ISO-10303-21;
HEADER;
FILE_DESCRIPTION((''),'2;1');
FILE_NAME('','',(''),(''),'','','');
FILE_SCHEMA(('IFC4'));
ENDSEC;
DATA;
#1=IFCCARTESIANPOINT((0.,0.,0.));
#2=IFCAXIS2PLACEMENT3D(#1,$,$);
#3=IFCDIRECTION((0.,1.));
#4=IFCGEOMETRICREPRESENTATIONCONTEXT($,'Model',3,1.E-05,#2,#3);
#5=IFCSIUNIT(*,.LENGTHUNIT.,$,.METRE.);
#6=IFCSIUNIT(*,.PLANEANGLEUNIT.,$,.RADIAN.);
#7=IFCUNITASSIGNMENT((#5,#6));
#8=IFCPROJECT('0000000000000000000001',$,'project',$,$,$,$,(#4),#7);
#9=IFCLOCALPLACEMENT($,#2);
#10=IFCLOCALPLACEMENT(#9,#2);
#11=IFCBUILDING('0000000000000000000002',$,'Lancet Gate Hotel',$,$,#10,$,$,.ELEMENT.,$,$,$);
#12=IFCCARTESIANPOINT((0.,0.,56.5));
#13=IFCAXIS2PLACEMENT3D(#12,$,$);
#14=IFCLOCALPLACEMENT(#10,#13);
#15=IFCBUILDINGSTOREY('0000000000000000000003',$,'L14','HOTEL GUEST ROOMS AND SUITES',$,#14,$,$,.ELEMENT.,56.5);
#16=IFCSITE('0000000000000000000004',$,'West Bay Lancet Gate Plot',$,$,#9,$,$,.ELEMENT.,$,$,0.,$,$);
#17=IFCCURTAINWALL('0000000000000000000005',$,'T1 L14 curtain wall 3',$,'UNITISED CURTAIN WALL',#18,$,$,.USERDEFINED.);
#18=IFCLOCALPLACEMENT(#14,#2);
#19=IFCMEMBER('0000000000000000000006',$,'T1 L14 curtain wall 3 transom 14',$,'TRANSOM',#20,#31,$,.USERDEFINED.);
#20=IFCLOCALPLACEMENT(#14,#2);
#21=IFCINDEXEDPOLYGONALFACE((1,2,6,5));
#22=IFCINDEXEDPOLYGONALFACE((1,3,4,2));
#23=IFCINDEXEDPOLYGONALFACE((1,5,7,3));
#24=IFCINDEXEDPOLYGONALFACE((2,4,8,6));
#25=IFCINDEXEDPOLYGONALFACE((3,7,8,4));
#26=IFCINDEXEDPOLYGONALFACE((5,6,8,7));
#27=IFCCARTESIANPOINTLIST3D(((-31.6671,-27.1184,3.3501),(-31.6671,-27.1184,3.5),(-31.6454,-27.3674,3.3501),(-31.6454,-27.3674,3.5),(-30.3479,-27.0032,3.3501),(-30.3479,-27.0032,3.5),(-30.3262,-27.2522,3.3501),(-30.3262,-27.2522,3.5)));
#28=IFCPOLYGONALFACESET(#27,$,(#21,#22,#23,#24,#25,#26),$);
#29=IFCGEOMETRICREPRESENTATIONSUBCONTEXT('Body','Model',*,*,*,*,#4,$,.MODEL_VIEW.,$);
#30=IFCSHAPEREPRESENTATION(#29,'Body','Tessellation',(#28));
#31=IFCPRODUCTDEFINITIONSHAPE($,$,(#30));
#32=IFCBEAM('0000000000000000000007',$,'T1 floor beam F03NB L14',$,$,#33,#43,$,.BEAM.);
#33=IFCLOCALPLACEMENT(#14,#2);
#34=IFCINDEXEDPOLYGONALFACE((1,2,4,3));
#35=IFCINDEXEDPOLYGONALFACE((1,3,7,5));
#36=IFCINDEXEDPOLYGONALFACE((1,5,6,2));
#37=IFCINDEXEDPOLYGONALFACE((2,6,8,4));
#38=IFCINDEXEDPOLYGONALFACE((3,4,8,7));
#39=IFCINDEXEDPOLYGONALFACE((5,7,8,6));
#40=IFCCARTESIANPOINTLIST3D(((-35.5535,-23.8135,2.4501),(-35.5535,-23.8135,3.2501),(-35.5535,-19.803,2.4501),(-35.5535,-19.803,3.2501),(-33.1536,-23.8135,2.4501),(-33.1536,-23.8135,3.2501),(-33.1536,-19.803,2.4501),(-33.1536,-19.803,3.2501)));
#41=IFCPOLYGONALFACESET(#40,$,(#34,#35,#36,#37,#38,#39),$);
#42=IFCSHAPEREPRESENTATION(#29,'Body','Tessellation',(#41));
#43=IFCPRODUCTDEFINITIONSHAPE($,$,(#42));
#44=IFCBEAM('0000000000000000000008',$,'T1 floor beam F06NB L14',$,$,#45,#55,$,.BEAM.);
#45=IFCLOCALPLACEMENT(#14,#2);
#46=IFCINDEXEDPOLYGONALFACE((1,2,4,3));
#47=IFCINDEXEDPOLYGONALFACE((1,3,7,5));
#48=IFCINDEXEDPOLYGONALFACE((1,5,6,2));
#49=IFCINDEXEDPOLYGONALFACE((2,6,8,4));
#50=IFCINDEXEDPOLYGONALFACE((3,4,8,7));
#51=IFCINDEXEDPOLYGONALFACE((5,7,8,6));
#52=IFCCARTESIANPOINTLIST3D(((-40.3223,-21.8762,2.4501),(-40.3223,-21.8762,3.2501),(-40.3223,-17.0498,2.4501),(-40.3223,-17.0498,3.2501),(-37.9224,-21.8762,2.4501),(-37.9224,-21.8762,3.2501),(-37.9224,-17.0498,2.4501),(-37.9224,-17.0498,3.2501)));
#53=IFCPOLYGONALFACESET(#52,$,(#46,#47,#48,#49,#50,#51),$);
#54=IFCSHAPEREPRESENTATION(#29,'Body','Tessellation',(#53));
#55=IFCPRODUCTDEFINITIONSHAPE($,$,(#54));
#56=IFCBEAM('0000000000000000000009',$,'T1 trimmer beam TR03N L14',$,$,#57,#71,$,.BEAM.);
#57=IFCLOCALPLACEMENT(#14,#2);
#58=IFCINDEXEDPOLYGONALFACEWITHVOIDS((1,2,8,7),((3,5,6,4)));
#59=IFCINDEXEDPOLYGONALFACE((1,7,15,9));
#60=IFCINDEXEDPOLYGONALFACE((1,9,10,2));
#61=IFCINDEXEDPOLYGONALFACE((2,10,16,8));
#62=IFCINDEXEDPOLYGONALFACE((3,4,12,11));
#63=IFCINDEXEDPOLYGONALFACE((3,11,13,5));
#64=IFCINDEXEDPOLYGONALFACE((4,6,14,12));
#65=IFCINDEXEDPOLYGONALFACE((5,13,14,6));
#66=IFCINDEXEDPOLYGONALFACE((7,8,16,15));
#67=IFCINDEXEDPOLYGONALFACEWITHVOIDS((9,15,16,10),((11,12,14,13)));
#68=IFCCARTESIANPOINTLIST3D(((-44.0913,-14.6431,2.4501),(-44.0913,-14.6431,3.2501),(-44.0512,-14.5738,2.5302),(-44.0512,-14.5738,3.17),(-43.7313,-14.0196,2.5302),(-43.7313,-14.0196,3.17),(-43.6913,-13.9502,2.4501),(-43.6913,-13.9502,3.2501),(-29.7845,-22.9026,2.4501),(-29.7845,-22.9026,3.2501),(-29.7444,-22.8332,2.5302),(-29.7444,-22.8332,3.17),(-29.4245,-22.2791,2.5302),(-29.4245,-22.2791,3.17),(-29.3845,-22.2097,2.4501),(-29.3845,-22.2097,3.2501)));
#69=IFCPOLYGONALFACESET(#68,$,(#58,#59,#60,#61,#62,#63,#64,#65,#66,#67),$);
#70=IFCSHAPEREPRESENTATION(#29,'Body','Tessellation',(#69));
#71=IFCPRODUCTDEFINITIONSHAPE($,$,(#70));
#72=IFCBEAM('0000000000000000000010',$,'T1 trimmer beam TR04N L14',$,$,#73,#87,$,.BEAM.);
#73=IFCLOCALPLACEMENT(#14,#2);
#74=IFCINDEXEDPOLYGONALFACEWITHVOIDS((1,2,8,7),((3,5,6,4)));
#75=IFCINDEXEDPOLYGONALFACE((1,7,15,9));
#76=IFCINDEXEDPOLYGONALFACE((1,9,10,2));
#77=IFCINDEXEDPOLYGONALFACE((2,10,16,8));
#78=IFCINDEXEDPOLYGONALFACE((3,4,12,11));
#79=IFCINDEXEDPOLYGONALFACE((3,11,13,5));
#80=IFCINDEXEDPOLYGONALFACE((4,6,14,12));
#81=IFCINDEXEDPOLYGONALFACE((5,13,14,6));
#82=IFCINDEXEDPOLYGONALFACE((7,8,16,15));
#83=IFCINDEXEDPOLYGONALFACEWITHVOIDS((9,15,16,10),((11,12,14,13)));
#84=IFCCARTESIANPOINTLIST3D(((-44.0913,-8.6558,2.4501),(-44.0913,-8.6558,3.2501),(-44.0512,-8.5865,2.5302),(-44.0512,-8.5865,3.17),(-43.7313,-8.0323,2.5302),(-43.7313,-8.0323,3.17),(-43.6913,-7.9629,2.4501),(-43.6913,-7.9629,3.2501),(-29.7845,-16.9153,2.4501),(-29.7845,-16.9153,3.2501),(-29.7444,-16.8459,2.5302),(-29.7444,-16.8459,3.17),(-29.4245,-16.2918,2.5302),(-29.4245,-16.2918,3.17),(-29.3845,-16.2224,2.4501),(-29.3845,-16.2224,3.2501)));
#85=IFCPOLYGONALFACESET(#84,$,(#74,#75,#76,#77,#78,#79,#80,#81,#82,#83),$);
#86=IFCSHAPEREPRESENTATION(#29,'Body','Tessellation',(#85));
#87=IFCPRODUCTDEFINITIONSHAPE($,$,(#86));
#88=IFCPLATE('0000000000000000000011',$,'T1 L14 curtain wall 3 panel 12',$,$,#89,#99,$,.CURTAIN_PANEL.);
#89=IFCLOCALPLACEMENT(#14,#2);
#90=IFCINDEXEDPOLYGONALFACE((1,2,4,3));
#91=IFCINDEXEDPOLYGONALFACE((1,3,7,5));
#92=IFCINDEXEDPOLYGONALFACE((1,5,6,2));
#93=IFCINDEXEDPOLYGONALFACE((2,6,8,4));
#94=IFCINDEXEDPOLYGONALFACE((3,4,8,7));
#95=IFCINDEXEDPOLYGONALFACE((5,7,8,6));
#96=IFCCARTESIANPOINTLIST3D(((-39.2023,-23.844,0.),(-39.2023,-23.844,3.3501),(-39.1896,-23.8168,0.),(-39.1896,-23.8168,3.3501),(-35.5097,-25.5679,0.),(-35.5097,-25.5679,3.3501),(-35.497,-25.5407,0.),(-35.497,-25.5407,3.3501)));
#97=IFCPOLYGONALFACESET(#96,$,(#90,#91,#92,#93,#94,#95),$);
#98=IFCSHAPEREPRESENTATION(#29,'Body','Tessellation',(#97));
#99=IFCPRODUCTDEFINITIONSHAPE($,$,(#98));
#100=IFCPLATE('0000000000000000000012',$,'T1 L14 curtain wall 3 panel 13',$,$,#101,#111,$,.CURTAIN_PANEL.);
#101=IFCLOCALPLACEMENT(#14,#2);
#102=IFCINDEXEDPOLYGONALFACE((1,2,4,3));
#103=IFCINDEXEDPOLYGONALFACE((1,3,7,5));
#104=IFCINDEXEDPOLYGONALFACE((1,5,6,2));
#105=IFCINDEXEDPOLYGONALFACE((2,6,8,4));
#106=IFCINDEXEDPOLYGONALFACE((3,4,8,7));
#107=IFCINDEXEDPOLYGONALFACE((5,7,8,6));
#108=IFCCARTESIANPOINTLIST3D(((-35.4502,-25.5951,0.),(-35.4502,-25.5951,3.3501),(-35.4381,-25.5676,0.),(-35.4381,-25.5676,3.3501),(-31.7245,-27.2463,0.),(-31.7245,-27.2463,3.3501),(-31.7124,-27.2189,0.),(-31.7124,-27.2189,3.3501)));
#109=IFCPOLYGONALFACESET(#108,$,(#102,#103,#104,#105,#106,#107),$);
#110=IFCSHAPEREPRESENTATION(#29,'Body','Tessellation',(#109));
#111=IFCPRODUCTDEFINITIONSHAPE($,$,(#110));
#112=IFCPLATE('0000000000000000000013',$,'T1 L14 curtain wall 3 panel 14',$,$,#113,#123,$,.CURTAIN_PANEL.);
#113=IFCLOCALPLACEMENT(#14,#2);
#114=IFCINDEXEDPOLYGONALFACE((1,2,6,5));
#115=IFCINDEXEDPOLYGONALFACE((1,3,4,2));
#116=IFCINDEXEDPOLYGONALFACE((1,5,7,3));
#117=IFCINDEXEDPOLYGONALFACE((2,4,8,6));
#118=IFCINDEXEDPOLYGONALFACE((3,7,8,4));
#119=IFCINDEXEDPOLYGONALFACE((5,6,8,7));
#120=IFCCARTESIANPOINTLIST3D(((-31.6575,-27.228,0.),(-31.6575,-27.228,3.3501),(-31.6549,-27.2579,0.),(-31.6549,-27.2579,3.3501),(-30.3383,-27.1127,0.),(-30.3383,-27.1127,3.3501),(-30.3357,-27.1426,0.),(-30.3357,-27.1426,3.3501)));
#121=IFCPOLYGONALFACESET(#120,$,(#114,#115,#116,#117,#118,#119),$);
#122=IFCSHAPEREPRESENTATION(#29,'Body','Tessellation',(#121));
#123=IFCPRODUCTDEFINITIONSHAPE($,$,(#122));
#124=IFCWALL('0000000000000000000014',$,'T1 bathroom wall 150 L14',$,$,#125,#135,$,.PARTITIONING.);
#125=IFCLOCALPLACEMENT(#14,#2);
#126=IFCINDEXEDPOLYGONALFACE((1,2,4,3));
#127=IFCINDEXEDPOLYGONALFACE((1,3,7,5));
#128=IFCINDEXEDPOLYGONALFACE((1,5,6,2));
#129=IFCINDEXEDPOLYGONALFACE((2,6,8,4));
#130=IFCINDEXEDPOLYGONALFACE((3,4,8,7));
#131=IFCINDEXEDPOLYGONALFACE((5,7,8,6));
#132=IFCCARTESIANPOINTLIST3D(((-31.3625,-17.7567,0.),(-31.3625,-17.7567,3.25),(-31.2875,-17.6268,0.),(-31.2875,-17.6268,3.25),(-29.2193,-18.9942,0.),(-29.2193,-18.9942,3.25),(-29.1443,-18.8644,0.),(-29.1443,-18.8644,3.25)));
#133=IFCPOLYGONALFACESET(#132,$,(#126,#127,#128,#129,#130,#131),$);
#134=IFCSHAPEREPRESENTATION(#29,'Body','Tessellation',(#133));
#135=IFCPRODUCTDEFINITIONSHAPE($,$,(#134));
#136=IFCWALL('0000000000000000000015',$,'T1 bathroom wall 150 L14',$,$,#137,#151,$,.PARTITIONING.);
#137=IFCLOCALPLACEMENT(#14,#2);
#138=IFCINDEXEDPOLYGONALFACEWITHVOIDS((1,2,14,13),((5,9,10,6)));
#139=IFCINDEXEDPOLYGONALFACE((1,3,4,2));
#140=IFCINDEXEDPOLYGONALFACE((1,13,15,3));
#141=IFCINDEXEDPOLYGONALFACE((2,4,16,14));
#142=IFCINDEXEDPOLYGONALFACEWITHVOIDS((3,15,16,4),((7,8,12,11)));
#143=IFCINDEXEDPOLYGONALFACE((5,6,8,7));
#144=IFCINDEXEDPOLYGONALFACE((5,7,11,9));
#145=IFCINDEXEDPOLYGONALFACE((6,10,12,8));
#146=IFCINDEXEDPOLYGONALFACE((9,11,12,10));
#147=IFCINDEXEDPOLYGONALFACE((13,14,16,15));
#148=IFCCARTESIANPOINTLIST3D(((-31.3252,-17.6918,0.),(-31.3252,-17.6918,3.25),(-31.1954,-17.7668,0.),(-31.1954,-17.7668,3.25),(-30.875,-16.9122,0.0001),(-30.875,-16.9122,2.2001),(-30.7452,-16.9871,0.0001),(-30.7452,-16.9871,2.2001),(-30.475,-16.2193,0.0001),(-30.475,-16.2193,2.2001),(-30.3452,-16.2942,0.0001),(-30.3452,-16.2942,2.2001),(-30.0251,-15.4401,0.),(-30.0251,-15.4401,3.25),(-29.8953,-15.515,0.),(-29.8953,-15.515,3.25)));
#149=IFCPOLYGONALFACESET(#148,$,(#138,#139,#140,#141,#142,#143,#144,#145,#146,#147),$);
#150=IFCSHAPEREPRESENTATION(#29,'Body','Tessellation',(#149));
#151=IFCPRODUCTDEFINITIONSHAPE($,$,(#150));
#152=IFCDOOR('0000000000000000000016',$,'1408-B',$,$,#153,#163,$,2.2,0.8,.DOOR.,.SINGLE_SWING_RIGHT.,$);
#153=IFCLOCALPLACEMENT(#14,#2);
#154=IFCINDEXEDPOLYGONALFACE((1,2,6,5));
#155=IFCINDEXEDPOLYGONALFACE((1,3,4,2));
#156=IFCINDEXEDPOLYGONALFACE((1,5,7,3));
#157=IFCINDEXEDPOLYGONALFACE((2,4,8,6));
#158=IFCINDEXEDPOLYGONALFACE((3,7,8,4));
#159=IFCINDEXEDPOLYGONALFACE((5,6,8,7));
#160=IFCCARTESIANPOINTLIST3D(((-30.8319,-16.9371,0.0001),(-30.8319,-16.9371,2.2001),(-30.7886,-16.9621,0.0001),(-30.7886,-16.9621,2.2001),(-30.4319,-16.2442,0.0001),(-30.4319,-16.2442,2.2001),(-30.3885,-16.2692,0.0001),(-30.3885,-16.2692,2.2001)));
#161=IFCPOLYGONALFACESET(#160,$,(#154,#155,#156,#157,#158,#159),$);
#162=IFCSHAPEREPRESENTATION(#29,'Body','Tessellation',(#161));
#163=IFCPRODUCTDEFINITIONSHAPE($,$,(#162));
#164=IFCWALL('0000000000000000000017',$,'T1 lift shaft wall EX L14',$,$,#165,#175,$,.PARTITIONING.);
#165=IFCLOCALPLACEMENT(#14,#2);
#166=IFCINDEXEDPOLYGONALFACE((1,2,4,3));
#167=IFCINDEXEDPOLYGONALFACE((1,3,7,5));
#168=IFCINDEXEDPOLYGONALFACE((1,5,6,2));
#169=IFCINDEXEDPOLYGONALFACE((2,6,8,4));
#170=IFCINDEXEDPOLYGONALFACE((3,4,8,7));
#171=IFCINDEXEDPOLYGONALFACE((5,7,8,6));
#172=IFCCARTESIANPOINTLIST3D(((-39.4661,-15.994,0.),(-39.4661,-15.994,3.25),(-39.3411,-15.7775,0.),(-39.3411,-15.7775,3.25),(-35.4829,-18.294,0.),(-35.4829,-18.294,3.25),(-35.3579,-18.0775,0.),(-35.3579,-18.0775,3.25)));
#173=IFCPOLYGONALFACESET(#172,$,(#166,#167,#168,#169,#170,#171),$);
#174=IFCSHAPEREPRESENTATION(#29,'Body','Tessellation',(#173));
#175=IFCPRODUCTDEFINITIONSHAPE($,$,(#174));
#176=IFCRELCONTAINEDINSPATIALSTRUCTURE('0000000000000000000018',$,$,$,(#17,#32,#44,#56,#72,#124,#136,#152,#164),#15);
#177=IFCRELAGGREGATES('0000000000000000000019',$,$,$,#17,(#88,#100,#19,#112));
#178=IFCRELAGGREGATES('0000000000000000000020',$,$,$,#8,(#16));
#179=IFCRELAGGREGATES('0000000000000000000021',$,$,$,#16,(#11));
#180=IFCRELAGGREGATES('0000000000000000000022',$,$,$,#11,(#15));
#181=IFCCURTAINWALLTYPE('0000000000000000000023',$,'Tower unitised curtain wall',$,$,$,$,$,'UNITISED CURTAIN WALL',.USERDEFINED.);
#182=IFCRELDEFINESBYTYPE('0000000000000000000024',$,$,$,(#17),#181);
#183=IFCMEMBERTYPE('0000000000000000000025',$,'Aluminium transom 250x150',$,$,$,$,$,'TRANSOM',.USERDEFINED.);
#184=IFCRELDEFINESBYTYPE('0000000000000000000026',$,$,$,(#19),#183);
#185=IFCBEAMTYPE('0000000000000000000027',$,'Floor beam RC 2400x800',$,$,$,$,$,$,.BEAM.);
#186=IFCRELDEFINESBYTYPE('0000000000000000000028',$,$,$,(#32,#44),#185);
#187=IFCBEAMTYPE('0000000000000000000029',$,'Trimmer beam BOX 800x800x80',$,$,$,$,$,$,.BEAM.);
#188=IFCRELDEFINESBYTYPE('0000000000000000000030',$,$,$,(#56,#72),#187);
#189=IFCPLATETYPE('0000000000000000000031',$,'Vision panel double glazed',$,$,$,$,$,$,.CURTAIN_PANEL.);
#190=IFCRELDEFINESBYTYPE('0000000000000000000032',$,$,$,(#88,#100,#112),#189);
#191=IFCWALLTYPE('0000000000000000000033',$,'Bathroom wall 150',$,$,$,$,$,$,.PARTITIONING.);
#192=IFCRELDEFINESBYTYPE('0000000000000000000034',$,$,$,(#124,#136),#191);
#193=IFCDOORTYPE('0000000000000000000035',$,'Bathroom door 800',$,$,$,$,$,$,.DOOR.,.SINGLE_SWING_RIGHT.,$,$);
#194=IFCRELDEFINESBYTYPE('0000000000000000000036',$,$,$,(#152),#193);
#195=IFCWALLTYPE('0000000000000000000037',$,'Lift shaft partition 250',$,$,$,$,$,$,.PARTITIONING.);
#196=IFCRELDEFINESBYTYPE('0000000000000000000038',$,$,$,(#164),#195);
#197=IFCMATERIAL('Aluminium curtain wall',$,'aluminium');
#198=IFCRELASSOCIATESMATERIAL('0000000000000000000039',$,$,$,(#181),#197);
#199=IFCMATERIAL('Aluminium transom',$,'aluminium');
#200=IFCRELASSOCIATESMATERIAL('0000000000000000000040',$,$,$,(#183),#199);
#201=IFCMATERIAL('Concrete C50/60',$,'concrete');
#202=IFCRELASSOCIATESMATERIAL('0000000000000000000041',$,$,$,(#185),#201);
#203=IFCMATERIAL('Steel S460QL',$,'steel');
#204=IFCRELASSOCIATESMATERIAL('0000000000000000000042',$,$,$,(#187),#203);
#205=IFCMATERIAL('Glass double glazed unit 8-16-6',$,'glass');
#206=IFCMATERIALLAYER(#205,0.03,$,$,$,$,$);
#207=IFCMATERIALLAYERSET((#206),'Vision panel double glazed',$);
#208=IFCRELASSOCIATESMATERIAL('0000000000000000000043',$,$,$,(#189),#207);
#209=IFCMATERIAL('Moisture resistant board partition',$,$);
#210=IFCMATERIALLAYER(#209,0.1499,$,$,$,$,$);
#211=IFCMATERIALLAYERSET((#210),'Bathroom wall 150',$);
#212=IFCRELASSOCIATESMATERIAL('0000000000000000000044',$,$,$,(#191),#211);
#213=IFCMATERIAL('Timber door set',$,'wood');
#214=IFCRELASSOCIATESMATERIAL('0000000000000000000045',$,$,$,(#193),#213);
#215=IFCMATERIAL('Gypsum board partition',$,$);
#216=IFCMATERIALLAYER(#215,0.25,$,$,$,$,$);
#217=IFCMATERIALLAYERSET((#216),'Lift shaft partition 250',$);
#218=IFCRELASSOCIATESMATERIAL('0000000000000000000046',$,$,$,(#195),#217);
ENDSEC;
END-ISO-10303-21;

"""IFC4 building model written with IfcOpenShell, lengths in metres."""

from ifc_helpers import new_model, si_unit, direction, frame, frame_2d, origin, origin_2d, place, context, subcontext, project, spatial, rectangle, hollow_rectangle, extrude, material, layer, layer_set, material_profile, profile_set, type_object, element, fill, aggregate, save


model = new_model("IFC4")

# Units and contexts
model_context = context("Model", 3, precision=1e-05, world=origin(), true_north=direction((0.0, 1.0)))
body_context = subcontext(model_context, "Body", "Model", "MODEL_VIEW")
ifc_project = project(units=[si_unit("LENGTHUNIT", "METRE"), si_unit("PLANEANGLEUNIT", "RADIAN")], contexts=[model_context])

# Site, building, storey
site_placement = place(None, origin())
site = spatial("IfcSite", under=ifc_project, at=site_placement, Name="West Bay Lancet Gate Plot", CompositionType="ELEMENT", RefElevation=0.0)
building_placement = place(site_placement, origin())
building = spatial("IfcBuilding", under=site, at=building_placement, Name="Lancet Gate Hotel", CompositionType="ELEMENT")
storey_placement = place(building_placement, frame((0.0, 0.0, 56.5)))
storey = spatial("IfcBuildingStorey", under=building, at=storey_placement, Name="L14", Description="HOTEL GUEST ROOMS AND SUITES", CompositionType="ELEMENT", Elevation=56.5)

# Curtain wall, member
ifc_material_1 = material(Name="Aluminium curtain wall", Category="aluminium")
curtain_wall_type = type_object("IfcCurtainWallType", Name="Tower unitised curtain wall", ElementType="UNITISED CURTAIN WALL", PredefinedType="USERDEFINED", material=ifc_material_1)
curtain_wall_placement = place(storey_placement, origin())
curtain_wall = element("IfcCurtainWall", 1, at=curtain_wall_placement, inside=storey, type_object=curtain_wall_type, Name="T1 L14 curtain wall 3", ObjectType="UNITISED CURTAIN WALL", PredefinedType="USERDEFINED")
ifc_material_2 = material(Name="Aluminium transom", Category="aluminium")
ifc_material_profile_1 = material_profile(ifc_material_2, rectangle(XDim=0.25, YDim=0.1499, at=origin_2d()), Name="TRANSOM 250x150")
ifc_profile_set_1 = profile_set([ifc_material_profile_1], Name="Aluminium transom")
member_type_1 = type_object("IfcMemberType", Name="Aluminium transom 250x150", ElementType="TRANSOM", PredefinedType="USERDEFINED", material=ifc_profile_set_1)
member_1_placement = place(storey_placement, frame((-31.6562, -27.2429, 3.425), z_axis=(0.996206, 0.087027, 0.0), x_axis=(-0.087027, 0.996206, 0.0)))
member_1 = element("IfcMember", 2, at=member_1_placement, type_object=member_type_1, Name="T1 L14 curtain wall 3 transom 14", ObjectType="TRANSOM", PredefinedType="USERDEFINED", context=body_context, shape_type="SweptSolid", body=[
    extrude(rectangle(XDim=0.25, YDim=0.1499, at=origin_2d()), origin(), (0.0, 0.0, 1.0), 1.3242),
])

# Beams
ifc_material_3 = material(Name="Concrete C50/60", Category="concrete")
ifc_material_profile_2 = material_profile(ifc_material_3, rectangle(XDim=2.3999, YDim=0.8, at=origin_2d()), Name="RC 2400x800")
ifc_profile_set_2 = profile_set([ifc_material_profile_2], Name="Concrete C50/60")
beam_type_1 = type_object("IfcBeamType", Name="Floor beam RC 2400x800", PredefinedType="BEAM", material=ifc_profile_set_2)
beam_1_placement = place(storey_placement, frame((-34.3535, -19.803, 2.8501), z_axis=(0.0, -1.0, 0.0), x_axis=(1.0, 0.0, 0.0)))
element("IfcBeam", 3, at=beam_1_placement, inside=storey, type_object=beam_type_1, Name="T1 floor beam F03NB L14", PredefinedType="BEAM", context=body_context, shape_type="SweptSolid", body=[
    extrude(rectangle(XDim=2.3999, YDim=0.8, at=origin_2d()), origin(), (0.0, 0.0, 1.0), 4.0105),
])
beam_2_placement = place(storey_placement, frame((-39.1223, -17.0498, 2.8501), z_axis=(0.0, -1.0, 0.0), x_axis=(1.0, 0.0, 0.0)))
element("IfcBeam", 4, at=beam_2_placement, inside=storey, type_object=beam_type_1, Name="T1 floor beam F06NB L14", PredefinedType="BEAM", context=body_context, shape_type="SweptSolid", body=[
    extrude(rectangle(XDim=2.3999, YDim=0.8, at=origin_2d()), origin(), (0.0, 0.0, 1.0), 4.8264),
])
ifc_material_4 = material(Name="Steel S460QL", Category="steel")
ifc_material_profile_3 = material_profile(ifc_material_4, hollow_rectangle(XDim=0.8, YDim=0.8, WallThickness=0.0801, at=origin_2d()), Name="BOX 800x800x80")
ifc_profile_set_3 = profile_set([ifc_material_profile_3], Name="Steel S460QL")
beam_type_2 = type_object("IfcBeamType", Name="Trimmer beam BOX 800x800x80", PredefinedType="BEAM", material=ifc_profile_set_3)
for number, where, z_axis, x_axis, name in (
    (5, (-29.5845, -22.5562, 2.8501), (-0.86604, 0.499974, 0.0), (-0.499974, -0.86604, 0.0), "T1 trimmer beam TR03N L14"),
    (6, (-29.5845, -16.5688, 2.8501), (-0.86604, 0.499974, 0.0), (-0.499974, -0.86604, 0.0), "T1 trimmer beam TR04N L14"),
):
    element("IfcBeam", number, at=place(storey_placement, frame(where, z_axis=z_axis, x_axis=x_axis)), inside=storey, type_object=beam_type_2, Name=name, PredefinedType="BEAM", context=body_context, shape_type="SweptSolid", body=[
        extrude(hollow_rectangle(XDim=0.8, YDim=0.8, WallThickness=0.0801, at=origin_2d()), origin(), (0.0, 0.0, 1.0), 16.5198),
    ])

# Plates
ifc_material_5 = material(Name="Glass double glazed unit 8-16-6", Category="glass")
ifc_layer_1 = layer(ifc_material_5, 0.03)
ifc_layer_set_1 = layer_set([ifc_layer_1], Name="Vision panel double glazed")
plate_type = type_object("IfcPlateType", Name="Vision panel double glazed", PredefinedType="CURTAIN_PANEL", material=ifc_layer_set_1)
plate_1_placement = place(storey_placement, frame((-37.3496, -24.6924, 0.0), z_axis=(0.0, 0.0, 1.0), x_axis=(0.906118, -0.423026, 0.0)))
plate_1 = element("IfcPlate", 7, at=plate_1_placement, type_object=plate_type, Name="T1 L14 curtain wall 3 panel 12", PredefinedType="CURTAIN_PANEL", context=body_context, shape_type="SweptSolid", body=[
    extrude(rectangle(XDim=4.0752, YDim=0.03, at=origin_2d()), origin(), (0.0, 0.0, 1.0), 3.3501),
])
plate_2_placement = place(storey_placement, frame((-33.5813, -26.407, 0.0), z_axis=(0.0, 0.0, 1.0), x_axis=(0.914234, -0.405186, 0.0)))
plate_2 = element("IfcPlate", 8, at=plate_2_placement, type_object=plate_type, Name="T1 L14 curtain wall 3 panel 13", PredefinedType="CURTAIN_PANEL", context=body_context, shape_type="SweptSolid", body=[
    extrude(rectangle(XDim=4.0752, YDim=0.03, at=origin_2d()), origin(), (0.0, 0.0, 1.0), 3.3501),
])
plate_3_placement = place(storey_placement, frame((-30.9966, -27.1853, 0.0), z_axis=(0.0, 0.0, 1.0), x_axis=(0.996204, 0.087052, 0.0)))
plate_3 = element("IfcPlate", 9, at=plate_3_placement, type_object=plate_type, Name="T1 L14 curtain wall 3 panel 14", PredefinedType="CURTAIN_PANEL", context=body_context, shape_type="SweptSolid", body=[
    extrude(rectangle(XDim=1.3242, YDim=0.03, at=origin_2d()), origin(), (0.0, 0.0, 1.0), 3.3501),
])
aggregate(curtain_wall, [plate_1, plate_2, member_1, plate_3])

# Wall
ifc_material_6 = material(Name="Moisture resistant board partition")
ifc_layer_2 = layer(ifc_material_6, 0.1499)
ifc_layer_set_2 = layer_set([ifc_layer_2], Name="Bathroom wall 150")
wall_type_1 = type_object("IfcWallType", Name="Bathroom wall 150", PredefinedType="PARTITIONING", material=ifc_layer_set_2)
wall_1_placement = place(storey_placement, frame((-29.1819, -18.9292, 0.0), z_axis=(0.0, 0.0, 1.0), x_axis=(-0.866007, 0.500033, 0.0)))
element("IfcWall", 10, at=wall_1_placement, inside=storey, type_object=wall_type_1, Name="T1 bathroom wall 150 L14", PredefinedType="PARTITIONING", context=body_context, shape_type="SweptSolid", body=[
    extrude(rectangle(XDim=2.4749, YDim=0.1499, at=frame_2d((1.2373, 0.0))), origin(), (0.0, 0.0, 1.0), 3.25),
])

# Wall, opening, door
wall_2_placement = place(storey_placement, frame((-29.9602, -15.4775, 0.0), z_axis=(0.0, 0.0, 1.0), x_axis=(-0.500007, -0.866021, 0.0)))
wall_2 = element("IfcWall", 11, at=wall_2_placement, inside=storey, type_object=wall_type_1, Name="T1 bathroom wall 150 L14", PredefinedType="PARTITIONING", context=body_context, shape_type="SweptSolid", body=[
    extrude(rectangle(XDim=2.6001, YDim=0.1499, at=frame_2d((1.3, 0.0))), origin(), (0.0, 0.0, 1.0), 3.25),
])
opening_placement = place(wall_2_placement, frame((0.8999, 0.0, 0.0)))
opening = element("IfcOpeningElement", 12, at=opening_placement, cuts=wall_2, PredefinedType="OPENING", context=body_context, shape_type="SweptSolid", body=[
    extrude(rectangle(XDim=0.8, YDim=2.2, at=frame_2d((0.3999, 1.1001))), frame((0.0, 0.085, 0.0), z_axis=(0.0, -1.0, 0.0), x_axis=(1.0, 0.0, 0.0)), (0.0, 0.0, 1.0), 0.1699),
])
ifc_material_7 = material(Name="Timber door set", Category="wood")
door_type = type_object("IfcDoorType", Name="Bathroom door 800", OperationType="SINGLE_SWING_RIGHT", PredefinedType="DOOR", material=ifc_material_7)
door_placement = place(opening_placement, origin())
door = element("IfcDoor", 13, at=door_placement, inside=storey, type_object=door_type, Name="1408-B", OperationType="SINGLE_SWING_RIGHT", OverallHeight=2.2, OverallWidth=0.8, PredefinedType="DOOR", context=body_context, shape_type="SweptSolid", body=[
    extrude(rectangle(XDim=0.8, YDim=2.2, at=frame_2d((0.3999, 1.1001))), frame((0.0, 0.0249, 0.0), z_axis=(0.0, -1.0, 0.0), x_axis=(1.0, 0.0, 0.0)), (0.0, 0.0, 1.0), 0.05),
])
fill(opening, door)

# Wall
ifc_material_8 = material(Name="Gypsum board partition")
ifc_layer_3 = layer(ifc_material_8, 0.25)
ifc_layer_set_3 = layer_set([ifc_layer_3], Name="Lift shaft partition 250")
wall_type_2 = type_object("IfcWallType", Name="Lift shaft partition 250", PredefinedType="PARTITIONING", material=ifc_layer_set_3)
wall_3_placement = place(storey_placement, frame((-35.4204, -18.1858, 0.0), z_axis=(0.0, 0.0, 1.0), x_axis=(-0.86599, 0.500061, 0.0)))
element("IfcWall", 14, at=wall_3_placement, inside=storey, type_object=wall_type_2, Name="T1 lift shaft wall EX L14", PredefinedType="PARTITIONING", context=body_context, shape_type="SweptSolid", body=[
    extrude(rectangle(XDim=4.5996, YDim=0.25, at=frame_2d((2.2998, 0.0))), origin(), (0.0, 0.0, 1.0), 3.25),
])

save(model, "model.ifc")
